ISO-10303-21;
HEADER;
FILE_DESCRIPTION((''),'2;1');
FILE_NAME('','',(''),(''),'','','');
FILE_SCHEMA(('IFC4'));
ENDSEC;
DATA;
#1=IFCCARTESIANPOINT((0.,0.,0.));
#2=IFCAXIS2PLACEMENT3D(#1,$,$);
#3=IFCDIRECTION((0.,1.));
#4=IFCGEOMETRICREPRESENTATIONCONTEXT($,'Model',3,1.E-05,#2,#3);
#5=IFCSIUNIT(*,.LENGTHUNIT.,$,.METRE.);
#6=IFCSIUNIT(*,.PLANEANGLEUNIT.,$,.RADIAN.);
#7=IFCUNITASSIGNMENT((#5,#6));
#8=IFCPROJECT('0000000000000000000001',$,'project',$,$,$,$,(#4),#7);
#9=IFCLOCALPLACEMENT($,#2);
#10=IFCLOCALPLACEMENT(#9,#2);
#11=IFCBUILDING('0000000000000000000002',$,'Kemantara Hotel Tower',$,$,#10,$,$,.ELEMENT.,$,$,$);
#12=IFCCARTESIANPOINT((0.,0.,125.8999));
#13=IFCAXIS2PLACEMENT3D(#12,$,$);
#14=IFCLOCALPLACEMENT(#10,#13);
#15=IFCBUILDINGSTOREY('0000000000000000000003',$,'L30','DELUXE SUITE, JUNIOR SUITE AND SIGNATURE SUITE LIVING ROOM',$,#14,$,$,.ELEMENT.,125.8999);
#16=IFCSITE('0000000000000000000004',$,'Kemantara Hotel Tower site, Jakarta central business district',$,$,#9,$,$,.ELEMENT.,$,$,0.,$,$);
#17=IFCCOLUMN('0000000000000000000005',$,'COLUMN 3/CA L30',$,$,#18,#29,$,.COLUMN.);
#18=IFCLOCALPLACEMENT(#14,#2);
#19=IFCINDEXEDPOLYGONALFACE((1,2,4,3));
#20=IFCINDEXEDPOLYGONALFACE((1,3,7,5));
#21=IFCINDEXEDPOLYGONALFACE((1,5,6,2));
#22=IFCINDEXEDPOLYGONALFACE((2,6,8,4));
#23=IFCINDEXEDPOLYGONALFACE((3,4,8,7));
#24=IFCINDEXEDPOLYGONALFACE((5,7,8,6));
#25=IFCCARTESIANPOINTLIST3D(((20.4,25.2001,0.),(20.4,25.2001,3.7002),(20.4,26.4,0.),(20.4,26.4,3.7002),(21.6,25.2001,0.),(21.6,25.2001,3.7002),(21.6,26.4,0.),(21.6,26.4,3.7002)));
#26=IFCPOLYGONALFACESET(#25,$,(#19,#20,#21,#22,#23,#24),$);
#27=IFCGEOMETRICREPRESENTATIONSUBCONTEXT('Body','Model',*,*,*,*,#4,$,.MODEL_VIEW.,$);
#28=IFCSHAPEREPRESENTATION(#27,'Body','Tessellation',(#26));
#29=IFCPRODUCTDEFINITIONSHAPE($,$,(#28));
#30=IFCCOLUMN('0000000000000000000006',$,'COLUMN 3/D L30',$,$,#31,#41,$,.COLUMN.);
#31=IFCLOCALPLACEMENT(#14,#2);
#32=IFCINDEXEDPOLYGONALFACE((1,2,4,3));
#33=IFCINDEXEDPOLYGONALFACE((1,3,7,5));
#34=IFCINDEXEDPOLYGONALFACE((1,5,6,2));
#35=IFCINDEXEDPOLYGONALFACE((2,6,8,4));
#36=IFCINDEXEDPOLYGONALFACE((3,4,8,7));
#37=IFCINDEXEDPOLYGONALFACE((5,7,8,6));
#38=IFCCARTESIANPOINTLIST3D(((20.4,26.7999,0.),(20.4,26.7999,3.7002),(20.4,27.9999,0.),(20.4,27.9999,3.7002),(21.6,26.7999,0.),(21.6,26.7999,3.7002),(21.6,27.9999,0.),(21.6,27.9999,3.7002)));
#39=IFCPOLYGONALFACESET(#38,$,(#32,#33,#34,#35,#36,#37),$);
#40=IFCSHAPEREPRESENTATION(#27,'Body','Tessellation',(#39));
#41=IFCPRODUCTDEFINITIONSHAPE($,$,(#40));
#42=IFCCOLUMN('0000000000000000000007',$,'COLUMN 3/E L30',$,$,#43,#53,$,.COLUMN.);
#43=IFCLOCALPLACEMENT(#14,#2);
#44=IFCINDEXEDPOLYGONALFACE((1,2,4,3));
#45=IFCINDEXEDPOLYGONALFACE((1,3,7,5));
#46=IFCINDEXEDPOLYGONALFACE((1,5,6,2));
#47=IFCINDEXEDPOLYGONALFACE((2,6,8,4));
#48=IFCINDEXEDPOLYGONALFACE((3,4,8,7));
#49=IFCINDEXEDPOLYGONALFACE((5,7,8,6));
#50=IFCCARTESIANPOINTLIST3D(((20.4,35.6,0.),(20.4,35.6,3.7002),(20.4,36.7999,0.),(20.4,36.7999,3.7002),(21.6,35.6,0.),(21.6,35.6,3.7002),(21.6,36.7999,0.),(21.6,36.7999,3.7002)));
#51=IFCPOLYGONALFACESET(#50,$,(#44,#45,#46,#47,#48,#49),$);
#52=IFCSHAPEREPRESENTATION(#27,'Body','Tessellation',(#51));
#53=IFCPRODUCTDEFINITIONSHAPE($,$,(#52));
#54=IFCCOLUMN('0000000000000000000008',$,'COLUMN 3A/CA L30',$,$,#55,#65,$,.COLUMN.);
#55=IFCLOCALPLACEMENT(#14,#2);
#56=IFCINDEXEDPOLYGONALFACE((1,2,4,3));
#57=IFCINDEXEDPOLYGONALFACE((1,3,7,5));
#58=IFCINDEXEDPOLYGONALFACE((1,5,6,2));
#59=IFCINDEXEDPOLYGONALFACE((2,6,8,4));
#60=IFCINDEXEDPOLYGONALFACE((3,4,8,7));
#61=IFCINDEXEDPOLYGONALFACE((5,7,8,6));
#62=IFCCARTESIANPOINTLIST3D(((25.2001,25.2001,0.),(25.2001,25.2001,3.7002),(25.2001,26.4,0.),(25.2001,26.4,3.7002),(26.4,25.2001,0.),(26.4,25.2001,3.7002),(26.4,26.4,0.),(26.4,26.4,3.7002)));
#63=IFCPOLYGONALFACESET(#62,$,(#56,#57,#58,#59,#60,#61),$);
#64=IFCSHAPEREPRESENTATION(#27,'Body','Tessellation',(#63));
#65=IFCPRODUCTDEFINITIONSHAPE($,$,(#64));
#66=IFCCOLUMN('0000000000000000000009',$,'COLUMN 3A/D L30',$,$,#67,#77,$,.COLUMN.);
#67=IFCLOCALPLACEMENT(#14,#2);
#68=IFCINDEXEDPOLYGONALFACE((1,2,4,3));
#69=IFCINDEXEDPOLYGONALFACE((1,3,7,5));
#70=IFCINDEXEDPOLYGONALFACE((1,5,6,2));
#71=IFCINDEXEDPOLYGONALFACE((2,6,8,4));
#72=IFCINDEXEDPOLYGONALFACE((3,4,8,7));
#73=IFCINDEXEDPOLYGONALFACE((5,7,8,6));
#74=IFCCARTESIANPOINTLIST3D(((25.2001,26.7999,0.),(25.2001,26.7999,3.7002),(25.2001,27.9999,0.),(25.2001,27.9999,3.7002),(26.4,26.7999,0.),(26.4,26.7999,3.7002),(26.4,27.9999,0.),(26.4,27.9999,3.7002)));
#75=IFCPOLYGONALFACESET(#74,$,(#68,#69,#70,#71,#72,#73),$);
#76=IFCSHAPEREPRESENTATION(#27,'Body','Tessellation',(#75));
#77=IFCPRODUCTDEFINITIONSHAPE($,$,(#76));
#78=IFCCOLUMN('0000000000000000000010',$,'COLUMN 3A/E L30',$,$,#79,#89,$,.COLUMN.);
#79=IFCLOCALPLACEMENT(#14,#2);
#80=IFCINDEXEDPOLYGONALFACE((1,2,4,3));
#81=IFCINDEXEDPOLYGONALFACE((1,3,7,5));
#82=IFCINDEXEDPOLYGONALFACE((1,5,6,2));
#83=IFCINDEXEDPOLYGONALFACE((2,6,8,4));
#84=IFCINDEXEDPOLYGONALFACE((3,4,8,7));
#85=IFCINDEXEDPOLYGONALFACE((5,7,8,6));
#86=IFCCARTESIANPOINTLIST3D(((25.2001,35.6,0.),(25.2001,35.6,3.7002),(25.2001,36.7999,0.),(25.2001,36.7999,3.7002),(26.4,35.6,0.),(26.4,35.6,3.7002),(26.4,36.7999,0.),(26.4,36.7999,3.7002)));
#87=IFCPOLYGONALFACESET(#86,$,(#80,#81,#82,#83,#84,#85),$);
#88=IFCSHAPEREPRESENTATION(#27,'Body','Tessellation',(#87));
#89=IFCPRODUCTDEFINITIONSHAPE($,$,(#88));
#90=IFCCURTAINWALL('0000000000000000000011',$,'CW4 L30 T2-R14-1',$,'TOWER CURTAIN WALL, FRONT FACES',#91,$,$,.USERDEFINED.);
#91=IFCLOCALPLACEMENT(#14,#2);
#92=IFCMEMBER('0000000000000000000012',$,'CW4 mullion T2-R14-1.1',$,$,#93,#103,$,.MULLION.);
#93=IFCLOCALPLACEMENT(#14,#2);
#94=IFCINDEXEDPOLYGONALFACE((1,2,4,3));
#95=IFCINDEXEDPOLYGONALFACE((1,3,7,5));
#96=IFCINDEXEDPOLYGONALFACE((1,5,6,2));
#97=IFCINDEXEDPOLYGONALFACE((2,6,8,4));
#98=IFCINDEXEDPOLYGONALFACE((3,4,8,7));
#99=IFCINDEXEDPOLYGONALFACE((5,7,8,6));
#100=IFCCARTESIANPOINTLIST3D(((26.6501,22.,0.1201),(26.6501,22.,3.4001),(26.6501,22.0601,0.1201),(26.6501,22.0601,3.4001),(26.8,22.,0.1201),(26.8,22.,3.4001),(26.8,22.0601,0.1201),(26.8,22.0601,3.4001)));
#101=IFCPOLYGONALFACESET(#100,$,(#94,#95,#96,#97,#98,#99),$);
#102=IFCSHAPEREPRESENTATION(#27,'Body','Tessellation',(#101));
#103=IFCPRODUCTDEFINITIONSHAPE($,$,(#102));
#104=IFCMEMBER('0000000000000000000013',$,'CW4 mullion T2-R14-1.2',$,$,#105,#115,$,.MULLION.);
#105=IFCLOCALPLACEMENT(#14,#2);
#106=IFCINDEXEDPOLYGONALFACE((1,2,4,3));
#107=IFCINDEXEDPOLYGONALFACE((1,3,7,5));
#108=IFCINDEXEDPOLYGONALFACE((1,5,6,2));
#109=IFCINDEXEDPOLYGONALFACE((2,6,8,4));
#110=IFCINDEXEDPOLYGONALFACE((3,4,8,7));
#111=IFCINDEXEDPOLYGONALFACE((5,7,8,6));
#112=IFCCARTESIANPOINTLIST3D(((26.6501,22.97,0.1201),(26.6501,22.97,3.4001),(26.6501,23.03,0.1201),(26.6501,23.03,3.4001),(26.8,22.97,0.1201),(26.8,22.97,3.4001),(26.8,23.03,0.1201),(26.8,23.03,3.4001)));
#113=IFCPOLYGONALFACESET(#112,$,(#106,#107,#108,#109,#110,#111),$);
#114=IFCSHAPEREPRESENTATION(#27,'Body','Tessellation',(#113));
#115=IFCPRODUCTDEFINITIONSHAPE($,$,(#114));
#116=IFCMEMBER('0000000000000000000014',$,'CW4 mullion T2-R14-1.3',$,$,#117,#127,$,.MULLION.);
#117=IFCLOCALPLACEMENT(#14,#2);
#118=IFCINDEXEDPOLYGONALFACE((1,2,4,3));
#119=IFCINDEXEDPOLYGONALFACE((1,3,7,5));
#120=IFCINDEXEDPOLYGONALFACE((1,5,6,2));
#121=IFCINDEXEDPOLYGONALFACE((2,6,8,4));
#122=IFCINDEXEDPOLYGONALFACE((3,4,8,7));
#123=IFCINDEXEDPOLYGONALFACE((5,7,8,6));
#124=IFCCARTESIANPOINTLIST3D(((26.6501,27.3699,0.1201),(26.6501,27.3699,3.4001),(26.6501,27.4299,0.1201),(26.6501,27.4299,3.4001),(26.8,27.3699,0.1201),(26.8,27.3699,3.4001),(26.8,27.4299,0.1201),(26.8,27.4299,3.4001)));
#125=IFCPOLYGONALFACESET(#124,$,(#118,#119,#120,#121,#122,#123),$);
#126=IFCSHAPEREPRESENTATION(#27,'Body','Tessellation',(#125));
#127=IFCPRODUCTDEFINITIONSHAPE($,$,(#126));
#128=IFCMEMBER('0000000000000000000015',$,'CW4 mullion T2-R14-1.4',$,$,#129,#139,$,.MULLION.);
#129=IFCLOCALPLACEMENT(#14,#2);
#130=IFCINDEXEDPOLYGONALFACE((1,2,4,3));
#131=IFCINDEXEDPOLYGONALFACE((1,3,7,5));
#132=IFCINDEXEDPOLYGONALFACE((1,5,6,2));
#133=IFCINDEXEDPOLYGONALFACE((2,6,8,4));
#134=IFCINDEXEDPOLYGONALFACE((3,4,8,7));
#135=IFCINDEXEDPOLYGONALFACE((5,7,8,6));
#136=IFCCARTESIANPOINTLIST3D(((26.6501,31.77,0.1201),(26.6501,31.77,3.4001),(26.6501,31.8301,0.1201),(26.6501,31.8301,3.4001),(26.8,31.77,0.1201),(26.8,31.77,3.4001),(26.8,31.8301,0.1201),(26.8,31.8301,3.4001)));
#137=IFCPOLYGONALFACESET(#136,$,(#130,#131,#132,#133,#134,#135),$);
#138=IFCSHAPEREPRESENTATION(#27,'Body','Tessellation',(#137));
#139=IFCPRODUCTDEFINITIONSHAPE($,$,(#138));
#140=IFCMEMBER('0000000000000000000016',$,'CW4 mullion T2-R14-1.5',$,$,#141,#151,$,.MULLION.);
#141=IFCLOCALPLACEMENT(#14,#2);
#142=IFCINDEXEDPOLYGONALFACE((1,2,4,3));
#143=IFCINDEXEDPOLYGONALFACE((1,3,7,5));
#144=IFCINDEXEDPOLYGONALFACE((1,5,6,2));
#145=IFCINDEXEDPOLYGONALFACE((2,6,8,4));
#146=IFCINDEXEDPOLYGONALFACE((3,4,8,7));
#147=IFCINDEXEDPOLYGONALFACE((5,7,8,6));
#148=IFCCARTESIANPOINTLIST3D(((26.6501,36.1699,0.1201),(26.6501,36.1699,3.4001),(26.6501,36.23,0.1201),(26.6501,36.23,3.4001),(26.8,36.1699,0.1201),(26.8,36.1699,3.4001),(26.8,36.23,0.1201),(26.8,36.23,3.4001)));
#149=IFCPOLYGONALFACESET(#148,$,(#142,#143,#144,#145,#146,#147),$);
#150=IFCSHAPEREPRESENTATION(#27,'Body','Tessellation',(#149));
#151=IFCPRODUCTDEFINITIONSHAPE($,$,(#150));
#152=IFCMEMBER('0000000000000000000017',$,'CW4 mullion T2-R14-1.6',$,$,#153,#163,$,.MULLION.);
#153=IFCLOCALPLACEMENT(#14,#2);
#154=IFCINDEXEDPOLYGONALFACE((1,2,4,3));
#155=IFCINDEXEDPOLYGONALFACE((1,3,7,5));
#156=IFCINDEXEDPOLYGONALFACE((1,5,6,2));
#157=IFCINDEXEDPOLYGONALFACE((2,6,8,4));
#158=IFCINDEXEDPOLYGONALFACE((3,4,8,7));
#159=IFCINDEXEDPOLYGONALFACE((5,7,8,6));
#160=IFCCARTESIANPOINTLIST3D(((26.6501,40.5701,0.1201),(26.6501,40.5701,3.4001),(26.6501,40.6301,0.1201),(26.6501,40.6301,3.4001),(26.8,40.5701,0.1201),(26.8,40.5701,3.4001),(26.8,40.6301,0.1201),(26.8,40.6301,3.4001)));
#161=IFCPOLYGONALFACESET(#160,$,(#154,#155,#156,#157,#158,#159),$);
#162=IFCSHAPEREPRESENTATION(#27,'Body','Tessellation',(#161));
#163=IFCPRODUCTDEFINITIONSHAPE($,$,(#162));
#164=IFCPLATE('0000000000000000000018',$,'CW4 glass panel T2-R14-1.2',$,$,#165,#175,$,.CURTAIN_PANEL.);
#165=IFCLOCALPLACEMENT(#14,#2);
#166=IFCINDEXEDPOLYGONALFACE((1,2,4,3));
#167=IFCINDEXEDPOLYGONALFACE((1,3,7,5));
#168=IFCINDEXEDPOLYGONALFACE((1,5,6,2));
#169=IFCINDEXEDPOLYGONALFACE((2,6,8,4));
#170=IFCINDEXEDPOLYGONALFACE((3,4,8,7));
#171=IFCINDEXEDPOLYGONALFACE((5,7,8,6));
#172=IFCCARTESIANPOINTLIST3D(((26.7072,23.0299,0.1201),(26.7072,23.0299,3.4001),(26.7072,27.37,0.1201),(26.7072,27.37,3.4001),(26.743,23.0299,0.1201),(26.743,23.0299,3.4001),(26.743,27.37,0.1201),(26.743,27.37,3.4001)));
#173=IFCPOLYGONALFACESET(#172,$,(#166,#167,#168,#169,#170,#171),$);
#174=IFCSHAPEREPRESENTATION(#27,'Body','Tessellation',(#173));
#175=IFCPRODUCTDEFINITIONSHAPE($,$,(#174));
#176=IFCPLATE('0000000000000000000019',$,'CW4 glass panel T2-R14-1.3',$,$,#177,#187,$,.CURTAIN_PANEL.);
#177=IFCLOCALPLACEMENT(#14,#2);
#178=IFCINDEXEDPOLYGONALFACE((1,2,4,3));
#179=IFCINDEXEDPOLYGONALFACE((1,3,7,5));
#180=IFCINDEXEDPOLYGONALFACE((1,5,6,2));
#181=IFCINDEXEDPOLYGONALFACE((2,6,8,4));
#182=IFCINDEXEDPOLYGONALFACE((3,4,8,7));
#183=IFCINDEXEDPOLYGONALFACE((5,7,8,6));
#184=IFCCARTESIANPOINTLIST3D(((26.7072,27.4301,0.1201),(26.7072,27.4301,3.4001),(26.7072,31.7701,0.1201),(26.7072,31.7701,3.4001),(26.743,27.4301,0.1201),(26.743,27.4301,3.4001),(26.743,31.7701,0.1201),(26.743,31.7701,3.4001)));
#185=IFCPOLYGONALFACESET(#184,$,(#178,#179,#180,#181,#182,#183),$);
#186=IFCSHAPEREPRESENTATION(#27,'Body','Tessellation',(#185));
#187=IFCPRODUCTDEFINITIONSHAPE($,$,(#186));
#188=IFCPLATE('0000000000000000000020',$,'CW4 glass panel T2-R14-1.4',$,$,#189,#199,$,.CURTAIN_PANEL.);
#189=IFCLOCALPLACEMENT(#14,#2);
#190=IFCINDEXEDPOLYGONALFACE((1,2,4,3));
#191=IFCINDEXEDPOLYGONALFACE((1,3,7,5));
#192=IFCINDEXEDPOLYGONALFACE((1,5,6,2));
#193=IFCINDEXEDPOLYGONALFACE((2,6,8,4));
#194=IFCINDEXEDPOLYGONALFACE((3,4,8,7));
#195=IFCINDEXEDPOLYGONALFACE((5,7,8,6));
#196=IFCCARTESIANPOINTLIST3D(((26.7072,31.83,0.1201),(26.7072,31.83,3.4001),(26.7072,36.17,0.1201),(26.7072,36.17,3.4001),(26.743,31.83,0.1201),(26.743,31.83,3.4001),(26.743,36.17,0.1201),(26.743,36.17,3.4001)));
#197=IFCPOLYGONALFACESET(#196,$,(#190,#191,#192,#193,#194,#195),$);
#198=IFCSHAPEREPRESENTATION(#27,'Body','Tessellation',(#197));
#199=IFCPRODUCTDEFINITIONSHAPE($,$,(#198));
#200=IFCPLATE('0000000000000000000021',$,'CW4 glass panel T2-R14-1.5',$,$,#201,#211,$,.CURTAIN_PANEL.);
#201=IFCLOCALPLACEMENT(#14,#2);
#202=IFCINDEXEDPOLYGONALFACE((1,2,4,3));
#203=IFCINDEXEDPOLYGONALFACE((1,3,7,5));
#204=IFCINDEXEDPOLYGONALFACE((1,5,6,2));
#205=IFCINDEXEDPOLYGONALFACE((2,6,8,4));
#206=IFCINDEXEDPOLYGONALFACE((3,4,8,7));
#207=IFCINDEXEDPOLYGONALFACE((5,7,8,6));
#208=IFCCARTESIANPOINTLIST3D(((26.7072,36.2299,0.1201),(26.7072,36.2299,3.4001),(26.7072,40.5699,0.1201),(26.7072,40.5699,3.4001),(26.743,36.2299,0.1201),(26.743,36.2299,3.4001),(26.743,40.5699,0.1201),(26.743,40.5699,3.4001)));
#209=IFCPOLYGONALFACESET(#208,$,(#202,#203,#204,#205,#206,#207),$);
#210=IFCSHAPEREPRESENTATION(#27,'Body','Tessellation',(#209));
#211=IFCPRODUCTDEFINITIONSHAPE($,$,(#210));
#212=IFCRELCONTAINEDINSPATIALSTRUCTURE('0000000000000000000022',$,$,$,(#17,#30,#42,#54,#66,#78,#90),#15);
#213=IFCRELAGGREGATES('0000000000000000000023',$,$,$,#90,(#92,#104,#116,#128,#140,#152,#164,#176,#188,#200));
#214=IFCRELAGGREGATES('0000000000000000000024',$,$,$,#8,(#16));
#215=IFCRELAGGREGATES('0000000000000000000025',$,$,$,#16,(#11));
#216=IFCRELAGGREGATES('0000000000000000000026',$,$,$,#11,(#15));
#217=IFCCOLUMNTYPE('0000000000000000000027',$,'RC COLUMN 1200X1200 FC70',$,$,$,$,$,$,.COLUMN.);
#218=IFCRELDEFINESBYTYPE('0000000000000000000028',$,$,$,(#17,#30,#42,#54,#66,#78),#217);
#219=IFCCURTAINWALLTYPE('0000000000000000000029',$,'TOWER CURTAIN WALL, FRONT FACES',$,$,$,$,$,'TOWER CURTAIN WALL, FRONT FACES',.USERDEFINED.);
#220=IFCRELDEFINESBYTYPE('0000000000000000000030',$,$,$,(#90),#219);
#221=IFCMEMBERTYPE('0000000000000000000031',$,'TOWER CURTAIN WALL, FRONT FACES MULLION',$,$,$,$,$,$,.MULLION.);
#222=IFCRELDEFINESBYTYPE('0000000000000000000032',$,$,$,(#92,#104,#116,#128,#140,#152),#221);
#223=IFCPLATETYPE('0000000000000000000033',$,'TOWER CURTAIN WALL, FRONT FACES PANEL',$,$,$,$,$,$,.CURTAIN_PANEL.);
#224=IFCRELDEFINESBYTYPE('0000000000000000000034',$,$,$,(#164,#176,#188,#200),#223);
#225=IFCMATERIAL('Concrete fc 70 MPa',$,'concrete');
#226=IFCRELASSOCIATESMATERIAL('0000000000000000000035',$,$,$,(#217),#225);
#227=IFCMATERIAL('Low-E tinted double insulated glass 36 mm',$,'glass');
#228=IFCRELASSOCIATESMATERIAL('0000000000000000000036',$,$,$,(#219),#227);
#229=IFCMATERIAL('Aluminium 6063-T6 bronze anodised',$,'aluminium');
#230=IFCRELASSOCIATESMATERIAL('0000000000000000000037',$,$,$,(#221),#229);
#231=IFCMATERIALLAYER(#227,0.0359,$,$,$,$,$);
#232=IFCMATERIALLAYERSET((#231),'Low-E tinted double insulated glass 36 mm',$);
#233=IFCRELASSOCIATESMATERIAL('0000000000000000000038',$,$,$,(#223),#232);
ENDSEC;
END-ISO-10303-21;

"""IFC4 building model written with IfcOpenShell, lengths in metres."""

from ifc_helpers import new_model, si_unit, direction, frame, origin, origin_2d, place, context, subcontext, project, spatial, rectangle, extrude, source, transform, mapped, material, layer, layer_set, material_profile, profile_set, type_object, element, aggregate, save


model = new_model("IFC4")

# Units and contexts
model_context = context("Model", 3, precision=1e-05, world=origin(), true_north=direction((0.0, 1.0)))
body_context = subcontext(model_context, "Body", "Model", "MODEL_VIEW")
ifc_project = project(units=[si_unit("LENGTHUNIT", "METRE"), si_unit("PLANEANGLEUNIT", "RADIAN")], contexts=[model_context])

# Site, building, storey
site_placement = place(None, origin())
site = spatial("IfcSite", under=ifc_project, at=site_placement, Name="Kemantara Hotel Tower site, Jakarta central business district", CompositionType="ELEMENT", RefElevation=0.0)
building_placement = place(site_placement, origin())
building = spatial("IfcBuilding", under=site, at=building_placement, Name="Kemantara Hotel Tower", CompositionType="ELEMENT")
storey_placement = place(building_placement, frame((0.0, 0.0, 125.8999)))
storey = spatial("IfcBuildingStorey", under=building, at=storey_placement, Name="L30", Description="DELUXE SUITE, JUNIOR SUITE AND SIGNATURE SUITE LIVING ROOM", CompositionType="ELEMENT", Elevation=125.8999)

# Columns
ifc_material_1 = material(Name="Concrete fc 70 MPa", Category="concrete")
ifc_material_profile_1 = material_profile(ifc_material_1, rectangle(XDim=1.2, YDim=1.2, at=origin_2d()), Name="RC 1200X1200")
ifc_profile_set_1 = profile_set([ifc_material_profile_1], Name="Concrete fc 70 MPa")
column_type = type_object("IfcColumnType", Name="RC COLUMN 1200X1200 FC70", PredefinedType="COLUMN", material=ifc_profile_set_1)
for number, where, z_axis, x_axis, name in (
    (1, (21.0, 25.8, 0.0), (0.0, 0.0, 1.0), (1.0, 0.0, 0.0), "COLUMN 3/CA L30"),
    (2, (21.0, 27.3999, 0.0), (0.0, 0.0, 1.0), (1.0, 0.0, 0.0), "COLUMN 3/D L30"),
    (3, (21.0, 36.2, 0.0), (0.0, 0.0, 1.0), (1.0, 0.0, 0.0), "COLUMN 3/E L30"),
    (4, (25.8, 25.8, 0.0), (0.0, 0.0, 1.0), (1.0, 0.0, 0.0), "COLUMN 3A/CA L30"),
    (5, (25.8, 27.3999, 0.0), (0.0, 0.0, 1.0), (1.0, 0.0, 0.0), "COLUMN 3A/D L30"),
    (6, (25.8, 36.2, 0.0), (0.0, 0.0, 1.0), (1.0, 0.0, 0.0), "COLUMN 3A/E L30"),
):
    element("IfcColumn", number, at=place(storey_placement, frame(where, z_axis=z_axis, x_axis=x_axis)), inside=storey, type_object=column_type, Name=name, PredefinedType="COLUMN", context=body_context, shape_type="SweptSolid", body=[
        extrude(rectangle(XDim=1.2, YDim=1.2, at=origin_2d()), origin(), (0.0, 0.0, 1.0), 3.7002),
    ])

# Curtain wall, members, plates
ifc_material_2 = material(Name="Low-E tinted double insulated glass 36 mm", Category="glass")
curtain_wall_type = type_object("IfcCurtainWallType", Name="TOWER CURTAIN WALL, FRONT FACES", ElementType="TOWER CURTAIN WALL, FRONT FACES", PredefinedType="USERDEFINED", material=ifc_material_2)
curtain_wall_placement = place(storey_placement, origin())
curtain_wall = element("IfcCurtainWall", 7, at=curtain_wall_placement, inside=storey, type_object=curtain_wall_type, Name="CW4 L30 T2-R14-1", ObjectType="TOWER CURTAIN WALL, FRONT FACES", PredefinedType="USERDEFINED")
ifc_material_3 = material(Name="Aluminium 6063-T6 bronze anodised", Category="aluminium")
ifc_material_profile_2 = material_profile(ifc_material_3, rectangle(XDim=0.1499, YDim=0.0601, at=origin_2d()), Name="TOWER CURTAIN WALL, FRONT FACES MULLION")
ifc_profile_set_2 = profile_set([ifc_material_profile_2], Name="Aluminium 6063-T6 bronze anodised")
member_type = type_object("IfcMemberType", Name="TOWER CURTAIN WALL, FRONT FACES MULLION", PredefinedType="MULLION", material=ifc_profile_set_2)
shared_shape_1 = source(origin(), body_context, "Body", "SweptSolid", [
    extrude(rectangle(XDim=0.1499, YDim=0.0601, at=origin_2d()), origin(), (0.0, 0.0, 1.0), 3.28),
])
member_1_placement = place(storey_placement, frame((26.7251, 22.03, 0.1201), z_axis=(0.0, 0.0, 1.0), x_axis=(-1.0, 0.0, 0.0)))
member_1 = element("IfcMember", 8, at=member_1_placement, type_object=member_type, Name="CW4 mullion T2-R14-1.1", PredefinedType="MULLION", context=body_context, shape_type="MappedRepresentation", body=[
    mapped(shared_shape_1, transform((0.0, 0.0, 0.0))),
])
member_2_placement = place(storey_placement, frame((26.7251, 23.0, 0.1201), z_axis=(0.0, 0.0, 1.0), x_axis=(-1.0, 0.0, 0.0)))
member_2 = element("IfcMember", 9, at=member_2_placement, type_object=member_type, Name="CW4 mullion T2-R14-1.2", PredefinedType="MULLION", context=body_context, shape_type="MappedRepresentation", body=[
    mapped(shared_shape_1, transform((0.0, 0.0, 0.0))),
])
member_3_placement = place(storey_placement, frame((26.7251, 27.3999, 0.1201), z_axis=(0.0, 0.0, 1.0), x_axis=(-1.0, 0.0, 0.0)))
member_3 = element("IfcMember", 10, at=member_3_placement, type_object=member_type, Name="CW4 mullion T2-R14-1.3", PredefinedType="MULLION", context=body_context, shape_type="MappedRepresentation", body=[
    mapped(shared_shape_1, transform((0.0, 0.0, 0.0))),
])
member_4_placement = place(storey_placement, frame((26.7251, 31.8, 0.1201), z_axis=(0.0, 0.0, 1.0), x_axis=(-1.0, 0.0, 0.0)))
member_4 = element("IfcMember", 11, at=member_4_placement, type_object=member_type, Name="CW4 mullion T2-R14-1.4", PredefinedType="MULLION", context=body_context, shape_type="MappedRepresentation", body=[
    mapped(shared_shape_1, transform((0.0, 0.0, 0.0))),
])
member_5_placement = place(storey_placement, frame((26.7251, 36.2, 0.1201), z_axis=(0.0, 0.0, 1.0), x_axis=(-1.0, 0.0, 0.0)))
member_5 = element("IfcMember", 12, at=member_5_placement, type_object=member_type, Name="CW4 mullion T2-R14-1.5", PredefinedType="MULLION", context=body_context, shape_type="MappedRepresentation", body=[
    mapped(shared_shape_1, transform((0.0, 0.0, 0.0))),
])
member_6_placement = place(storey_placement, frame((26.7251, 40.6001, 0.1201), z_axis=(0.0, 0.0, 1.0), x_axis=(-1.0, 0.0, 0.0)))
member_6 = element("IfcMember", 13, at=member_6_placement, type_object=member_type, Name="CW4 mullion T2-R14-1.6", PredefinedType="MULLION", context=body_context, shape_type="MappedRepresentation", body=[
    mapped(shared_shape_1, transform((0.0, 0.0, 0.0))),
])
ifc_layer_1 = layer(ifc_material_2, 0.0359)
ifc_layer_set_1 = layer_set([ifc_layer_1], Name="Low-E tinted double insulated glass 36 mm")
plate_type = type_object("IfcPlateType", Name="TOWER CURTAIN WALL, FRONT FACES PANEL", PredefinedType="CURTAIN_PANEL", material=ifc_layer_set_1)
shared_shape_2 = source(origin(), body_context, "Body", "SweptSolid", [
    extrude(rectangle(XDim=4.3401, YDim=0.0359, at=origin_2d()), origin(), (0.0, 0.0, 1.0), 3.28),
])
plate_1_placement = place(storey_placement, frame((26.7251, 25.2, 0.1201), z_axis=(0.0, 0.0, 1.0), x_axis=(0.0, 1.0, 0.0)))
plate_1 = element("IfcPlate", 14, at=plate_1_placement, type_object=plate_type, Name="CW4 glass panel T2-R14-1.2", PredefinedType="CURTAIN_PANEL", context=body_context, shape_type="MappedRepresentation", body=[
    mapped(shared_shape_2, transform((0.0, 0.0, 0.0))),
])
plate_2_placement = place(storey_placement, frame((26.7251, 29.6001, 0.1201), z_axis=(0.0, 0.0, 1.0), x_axis=(0.0, 1.0, 0.0)))
plate_2 = element("IfcPlate", 15, at=plate_2_placement, type_object=plate_type, Name="CW4 glass panel T2-R14-1.3", PredefinedType="CURTAIN_PANEL", context=body_context, shape_type="MappedRepresentation", body=[
    mapped(shared_shape_2, transform((0.0, 0.0, 0.0))),
])
plate_3_placement = place(storey_placement, frame((26.7251, 34.0, 0.1201), z_axis=(0.0, 0.0, 1.0), x_axis=(0.0, 1.0, 0.0)))
plate_3 = element("IfcPlate", 16, at=plate_3_placement, type_object=plate_type, Name="CW4 glass panel T2-R14-1.4", PredefinedType="CURTAIN_PANEL", context=body_context, shape_type="MappedRepresentation", body=[
    mapped(shared_shape_2, transform((0.0, 0.0, 0.0))),
])
plate_4_placement = place(storey_placement, frame((26.7251, 38.3999, 0.1201), z_axis=(0.0, 0.0, 1.0), x_axis=(0.0, 1.0, 0.0)))
plate_4 = element("IfcPlate", 17, at=plate_4_placement, type_object=plate_type, Name="CW4 glass panel T2-R14-1.5", PredefinedType="CURTAIN_PANEL", context=body_context, shape_type="MappedRepresentation", body=[
    mapped(shared_shape_2, transform((0.0, 0.0, 0.0))),
])
aggregate(curtain_wall, [member_1, member_2, member_3, member_4, member_5, member_6, plate_1, plate_2, plate_3, plate_4])

save(model, "model.ifc")
